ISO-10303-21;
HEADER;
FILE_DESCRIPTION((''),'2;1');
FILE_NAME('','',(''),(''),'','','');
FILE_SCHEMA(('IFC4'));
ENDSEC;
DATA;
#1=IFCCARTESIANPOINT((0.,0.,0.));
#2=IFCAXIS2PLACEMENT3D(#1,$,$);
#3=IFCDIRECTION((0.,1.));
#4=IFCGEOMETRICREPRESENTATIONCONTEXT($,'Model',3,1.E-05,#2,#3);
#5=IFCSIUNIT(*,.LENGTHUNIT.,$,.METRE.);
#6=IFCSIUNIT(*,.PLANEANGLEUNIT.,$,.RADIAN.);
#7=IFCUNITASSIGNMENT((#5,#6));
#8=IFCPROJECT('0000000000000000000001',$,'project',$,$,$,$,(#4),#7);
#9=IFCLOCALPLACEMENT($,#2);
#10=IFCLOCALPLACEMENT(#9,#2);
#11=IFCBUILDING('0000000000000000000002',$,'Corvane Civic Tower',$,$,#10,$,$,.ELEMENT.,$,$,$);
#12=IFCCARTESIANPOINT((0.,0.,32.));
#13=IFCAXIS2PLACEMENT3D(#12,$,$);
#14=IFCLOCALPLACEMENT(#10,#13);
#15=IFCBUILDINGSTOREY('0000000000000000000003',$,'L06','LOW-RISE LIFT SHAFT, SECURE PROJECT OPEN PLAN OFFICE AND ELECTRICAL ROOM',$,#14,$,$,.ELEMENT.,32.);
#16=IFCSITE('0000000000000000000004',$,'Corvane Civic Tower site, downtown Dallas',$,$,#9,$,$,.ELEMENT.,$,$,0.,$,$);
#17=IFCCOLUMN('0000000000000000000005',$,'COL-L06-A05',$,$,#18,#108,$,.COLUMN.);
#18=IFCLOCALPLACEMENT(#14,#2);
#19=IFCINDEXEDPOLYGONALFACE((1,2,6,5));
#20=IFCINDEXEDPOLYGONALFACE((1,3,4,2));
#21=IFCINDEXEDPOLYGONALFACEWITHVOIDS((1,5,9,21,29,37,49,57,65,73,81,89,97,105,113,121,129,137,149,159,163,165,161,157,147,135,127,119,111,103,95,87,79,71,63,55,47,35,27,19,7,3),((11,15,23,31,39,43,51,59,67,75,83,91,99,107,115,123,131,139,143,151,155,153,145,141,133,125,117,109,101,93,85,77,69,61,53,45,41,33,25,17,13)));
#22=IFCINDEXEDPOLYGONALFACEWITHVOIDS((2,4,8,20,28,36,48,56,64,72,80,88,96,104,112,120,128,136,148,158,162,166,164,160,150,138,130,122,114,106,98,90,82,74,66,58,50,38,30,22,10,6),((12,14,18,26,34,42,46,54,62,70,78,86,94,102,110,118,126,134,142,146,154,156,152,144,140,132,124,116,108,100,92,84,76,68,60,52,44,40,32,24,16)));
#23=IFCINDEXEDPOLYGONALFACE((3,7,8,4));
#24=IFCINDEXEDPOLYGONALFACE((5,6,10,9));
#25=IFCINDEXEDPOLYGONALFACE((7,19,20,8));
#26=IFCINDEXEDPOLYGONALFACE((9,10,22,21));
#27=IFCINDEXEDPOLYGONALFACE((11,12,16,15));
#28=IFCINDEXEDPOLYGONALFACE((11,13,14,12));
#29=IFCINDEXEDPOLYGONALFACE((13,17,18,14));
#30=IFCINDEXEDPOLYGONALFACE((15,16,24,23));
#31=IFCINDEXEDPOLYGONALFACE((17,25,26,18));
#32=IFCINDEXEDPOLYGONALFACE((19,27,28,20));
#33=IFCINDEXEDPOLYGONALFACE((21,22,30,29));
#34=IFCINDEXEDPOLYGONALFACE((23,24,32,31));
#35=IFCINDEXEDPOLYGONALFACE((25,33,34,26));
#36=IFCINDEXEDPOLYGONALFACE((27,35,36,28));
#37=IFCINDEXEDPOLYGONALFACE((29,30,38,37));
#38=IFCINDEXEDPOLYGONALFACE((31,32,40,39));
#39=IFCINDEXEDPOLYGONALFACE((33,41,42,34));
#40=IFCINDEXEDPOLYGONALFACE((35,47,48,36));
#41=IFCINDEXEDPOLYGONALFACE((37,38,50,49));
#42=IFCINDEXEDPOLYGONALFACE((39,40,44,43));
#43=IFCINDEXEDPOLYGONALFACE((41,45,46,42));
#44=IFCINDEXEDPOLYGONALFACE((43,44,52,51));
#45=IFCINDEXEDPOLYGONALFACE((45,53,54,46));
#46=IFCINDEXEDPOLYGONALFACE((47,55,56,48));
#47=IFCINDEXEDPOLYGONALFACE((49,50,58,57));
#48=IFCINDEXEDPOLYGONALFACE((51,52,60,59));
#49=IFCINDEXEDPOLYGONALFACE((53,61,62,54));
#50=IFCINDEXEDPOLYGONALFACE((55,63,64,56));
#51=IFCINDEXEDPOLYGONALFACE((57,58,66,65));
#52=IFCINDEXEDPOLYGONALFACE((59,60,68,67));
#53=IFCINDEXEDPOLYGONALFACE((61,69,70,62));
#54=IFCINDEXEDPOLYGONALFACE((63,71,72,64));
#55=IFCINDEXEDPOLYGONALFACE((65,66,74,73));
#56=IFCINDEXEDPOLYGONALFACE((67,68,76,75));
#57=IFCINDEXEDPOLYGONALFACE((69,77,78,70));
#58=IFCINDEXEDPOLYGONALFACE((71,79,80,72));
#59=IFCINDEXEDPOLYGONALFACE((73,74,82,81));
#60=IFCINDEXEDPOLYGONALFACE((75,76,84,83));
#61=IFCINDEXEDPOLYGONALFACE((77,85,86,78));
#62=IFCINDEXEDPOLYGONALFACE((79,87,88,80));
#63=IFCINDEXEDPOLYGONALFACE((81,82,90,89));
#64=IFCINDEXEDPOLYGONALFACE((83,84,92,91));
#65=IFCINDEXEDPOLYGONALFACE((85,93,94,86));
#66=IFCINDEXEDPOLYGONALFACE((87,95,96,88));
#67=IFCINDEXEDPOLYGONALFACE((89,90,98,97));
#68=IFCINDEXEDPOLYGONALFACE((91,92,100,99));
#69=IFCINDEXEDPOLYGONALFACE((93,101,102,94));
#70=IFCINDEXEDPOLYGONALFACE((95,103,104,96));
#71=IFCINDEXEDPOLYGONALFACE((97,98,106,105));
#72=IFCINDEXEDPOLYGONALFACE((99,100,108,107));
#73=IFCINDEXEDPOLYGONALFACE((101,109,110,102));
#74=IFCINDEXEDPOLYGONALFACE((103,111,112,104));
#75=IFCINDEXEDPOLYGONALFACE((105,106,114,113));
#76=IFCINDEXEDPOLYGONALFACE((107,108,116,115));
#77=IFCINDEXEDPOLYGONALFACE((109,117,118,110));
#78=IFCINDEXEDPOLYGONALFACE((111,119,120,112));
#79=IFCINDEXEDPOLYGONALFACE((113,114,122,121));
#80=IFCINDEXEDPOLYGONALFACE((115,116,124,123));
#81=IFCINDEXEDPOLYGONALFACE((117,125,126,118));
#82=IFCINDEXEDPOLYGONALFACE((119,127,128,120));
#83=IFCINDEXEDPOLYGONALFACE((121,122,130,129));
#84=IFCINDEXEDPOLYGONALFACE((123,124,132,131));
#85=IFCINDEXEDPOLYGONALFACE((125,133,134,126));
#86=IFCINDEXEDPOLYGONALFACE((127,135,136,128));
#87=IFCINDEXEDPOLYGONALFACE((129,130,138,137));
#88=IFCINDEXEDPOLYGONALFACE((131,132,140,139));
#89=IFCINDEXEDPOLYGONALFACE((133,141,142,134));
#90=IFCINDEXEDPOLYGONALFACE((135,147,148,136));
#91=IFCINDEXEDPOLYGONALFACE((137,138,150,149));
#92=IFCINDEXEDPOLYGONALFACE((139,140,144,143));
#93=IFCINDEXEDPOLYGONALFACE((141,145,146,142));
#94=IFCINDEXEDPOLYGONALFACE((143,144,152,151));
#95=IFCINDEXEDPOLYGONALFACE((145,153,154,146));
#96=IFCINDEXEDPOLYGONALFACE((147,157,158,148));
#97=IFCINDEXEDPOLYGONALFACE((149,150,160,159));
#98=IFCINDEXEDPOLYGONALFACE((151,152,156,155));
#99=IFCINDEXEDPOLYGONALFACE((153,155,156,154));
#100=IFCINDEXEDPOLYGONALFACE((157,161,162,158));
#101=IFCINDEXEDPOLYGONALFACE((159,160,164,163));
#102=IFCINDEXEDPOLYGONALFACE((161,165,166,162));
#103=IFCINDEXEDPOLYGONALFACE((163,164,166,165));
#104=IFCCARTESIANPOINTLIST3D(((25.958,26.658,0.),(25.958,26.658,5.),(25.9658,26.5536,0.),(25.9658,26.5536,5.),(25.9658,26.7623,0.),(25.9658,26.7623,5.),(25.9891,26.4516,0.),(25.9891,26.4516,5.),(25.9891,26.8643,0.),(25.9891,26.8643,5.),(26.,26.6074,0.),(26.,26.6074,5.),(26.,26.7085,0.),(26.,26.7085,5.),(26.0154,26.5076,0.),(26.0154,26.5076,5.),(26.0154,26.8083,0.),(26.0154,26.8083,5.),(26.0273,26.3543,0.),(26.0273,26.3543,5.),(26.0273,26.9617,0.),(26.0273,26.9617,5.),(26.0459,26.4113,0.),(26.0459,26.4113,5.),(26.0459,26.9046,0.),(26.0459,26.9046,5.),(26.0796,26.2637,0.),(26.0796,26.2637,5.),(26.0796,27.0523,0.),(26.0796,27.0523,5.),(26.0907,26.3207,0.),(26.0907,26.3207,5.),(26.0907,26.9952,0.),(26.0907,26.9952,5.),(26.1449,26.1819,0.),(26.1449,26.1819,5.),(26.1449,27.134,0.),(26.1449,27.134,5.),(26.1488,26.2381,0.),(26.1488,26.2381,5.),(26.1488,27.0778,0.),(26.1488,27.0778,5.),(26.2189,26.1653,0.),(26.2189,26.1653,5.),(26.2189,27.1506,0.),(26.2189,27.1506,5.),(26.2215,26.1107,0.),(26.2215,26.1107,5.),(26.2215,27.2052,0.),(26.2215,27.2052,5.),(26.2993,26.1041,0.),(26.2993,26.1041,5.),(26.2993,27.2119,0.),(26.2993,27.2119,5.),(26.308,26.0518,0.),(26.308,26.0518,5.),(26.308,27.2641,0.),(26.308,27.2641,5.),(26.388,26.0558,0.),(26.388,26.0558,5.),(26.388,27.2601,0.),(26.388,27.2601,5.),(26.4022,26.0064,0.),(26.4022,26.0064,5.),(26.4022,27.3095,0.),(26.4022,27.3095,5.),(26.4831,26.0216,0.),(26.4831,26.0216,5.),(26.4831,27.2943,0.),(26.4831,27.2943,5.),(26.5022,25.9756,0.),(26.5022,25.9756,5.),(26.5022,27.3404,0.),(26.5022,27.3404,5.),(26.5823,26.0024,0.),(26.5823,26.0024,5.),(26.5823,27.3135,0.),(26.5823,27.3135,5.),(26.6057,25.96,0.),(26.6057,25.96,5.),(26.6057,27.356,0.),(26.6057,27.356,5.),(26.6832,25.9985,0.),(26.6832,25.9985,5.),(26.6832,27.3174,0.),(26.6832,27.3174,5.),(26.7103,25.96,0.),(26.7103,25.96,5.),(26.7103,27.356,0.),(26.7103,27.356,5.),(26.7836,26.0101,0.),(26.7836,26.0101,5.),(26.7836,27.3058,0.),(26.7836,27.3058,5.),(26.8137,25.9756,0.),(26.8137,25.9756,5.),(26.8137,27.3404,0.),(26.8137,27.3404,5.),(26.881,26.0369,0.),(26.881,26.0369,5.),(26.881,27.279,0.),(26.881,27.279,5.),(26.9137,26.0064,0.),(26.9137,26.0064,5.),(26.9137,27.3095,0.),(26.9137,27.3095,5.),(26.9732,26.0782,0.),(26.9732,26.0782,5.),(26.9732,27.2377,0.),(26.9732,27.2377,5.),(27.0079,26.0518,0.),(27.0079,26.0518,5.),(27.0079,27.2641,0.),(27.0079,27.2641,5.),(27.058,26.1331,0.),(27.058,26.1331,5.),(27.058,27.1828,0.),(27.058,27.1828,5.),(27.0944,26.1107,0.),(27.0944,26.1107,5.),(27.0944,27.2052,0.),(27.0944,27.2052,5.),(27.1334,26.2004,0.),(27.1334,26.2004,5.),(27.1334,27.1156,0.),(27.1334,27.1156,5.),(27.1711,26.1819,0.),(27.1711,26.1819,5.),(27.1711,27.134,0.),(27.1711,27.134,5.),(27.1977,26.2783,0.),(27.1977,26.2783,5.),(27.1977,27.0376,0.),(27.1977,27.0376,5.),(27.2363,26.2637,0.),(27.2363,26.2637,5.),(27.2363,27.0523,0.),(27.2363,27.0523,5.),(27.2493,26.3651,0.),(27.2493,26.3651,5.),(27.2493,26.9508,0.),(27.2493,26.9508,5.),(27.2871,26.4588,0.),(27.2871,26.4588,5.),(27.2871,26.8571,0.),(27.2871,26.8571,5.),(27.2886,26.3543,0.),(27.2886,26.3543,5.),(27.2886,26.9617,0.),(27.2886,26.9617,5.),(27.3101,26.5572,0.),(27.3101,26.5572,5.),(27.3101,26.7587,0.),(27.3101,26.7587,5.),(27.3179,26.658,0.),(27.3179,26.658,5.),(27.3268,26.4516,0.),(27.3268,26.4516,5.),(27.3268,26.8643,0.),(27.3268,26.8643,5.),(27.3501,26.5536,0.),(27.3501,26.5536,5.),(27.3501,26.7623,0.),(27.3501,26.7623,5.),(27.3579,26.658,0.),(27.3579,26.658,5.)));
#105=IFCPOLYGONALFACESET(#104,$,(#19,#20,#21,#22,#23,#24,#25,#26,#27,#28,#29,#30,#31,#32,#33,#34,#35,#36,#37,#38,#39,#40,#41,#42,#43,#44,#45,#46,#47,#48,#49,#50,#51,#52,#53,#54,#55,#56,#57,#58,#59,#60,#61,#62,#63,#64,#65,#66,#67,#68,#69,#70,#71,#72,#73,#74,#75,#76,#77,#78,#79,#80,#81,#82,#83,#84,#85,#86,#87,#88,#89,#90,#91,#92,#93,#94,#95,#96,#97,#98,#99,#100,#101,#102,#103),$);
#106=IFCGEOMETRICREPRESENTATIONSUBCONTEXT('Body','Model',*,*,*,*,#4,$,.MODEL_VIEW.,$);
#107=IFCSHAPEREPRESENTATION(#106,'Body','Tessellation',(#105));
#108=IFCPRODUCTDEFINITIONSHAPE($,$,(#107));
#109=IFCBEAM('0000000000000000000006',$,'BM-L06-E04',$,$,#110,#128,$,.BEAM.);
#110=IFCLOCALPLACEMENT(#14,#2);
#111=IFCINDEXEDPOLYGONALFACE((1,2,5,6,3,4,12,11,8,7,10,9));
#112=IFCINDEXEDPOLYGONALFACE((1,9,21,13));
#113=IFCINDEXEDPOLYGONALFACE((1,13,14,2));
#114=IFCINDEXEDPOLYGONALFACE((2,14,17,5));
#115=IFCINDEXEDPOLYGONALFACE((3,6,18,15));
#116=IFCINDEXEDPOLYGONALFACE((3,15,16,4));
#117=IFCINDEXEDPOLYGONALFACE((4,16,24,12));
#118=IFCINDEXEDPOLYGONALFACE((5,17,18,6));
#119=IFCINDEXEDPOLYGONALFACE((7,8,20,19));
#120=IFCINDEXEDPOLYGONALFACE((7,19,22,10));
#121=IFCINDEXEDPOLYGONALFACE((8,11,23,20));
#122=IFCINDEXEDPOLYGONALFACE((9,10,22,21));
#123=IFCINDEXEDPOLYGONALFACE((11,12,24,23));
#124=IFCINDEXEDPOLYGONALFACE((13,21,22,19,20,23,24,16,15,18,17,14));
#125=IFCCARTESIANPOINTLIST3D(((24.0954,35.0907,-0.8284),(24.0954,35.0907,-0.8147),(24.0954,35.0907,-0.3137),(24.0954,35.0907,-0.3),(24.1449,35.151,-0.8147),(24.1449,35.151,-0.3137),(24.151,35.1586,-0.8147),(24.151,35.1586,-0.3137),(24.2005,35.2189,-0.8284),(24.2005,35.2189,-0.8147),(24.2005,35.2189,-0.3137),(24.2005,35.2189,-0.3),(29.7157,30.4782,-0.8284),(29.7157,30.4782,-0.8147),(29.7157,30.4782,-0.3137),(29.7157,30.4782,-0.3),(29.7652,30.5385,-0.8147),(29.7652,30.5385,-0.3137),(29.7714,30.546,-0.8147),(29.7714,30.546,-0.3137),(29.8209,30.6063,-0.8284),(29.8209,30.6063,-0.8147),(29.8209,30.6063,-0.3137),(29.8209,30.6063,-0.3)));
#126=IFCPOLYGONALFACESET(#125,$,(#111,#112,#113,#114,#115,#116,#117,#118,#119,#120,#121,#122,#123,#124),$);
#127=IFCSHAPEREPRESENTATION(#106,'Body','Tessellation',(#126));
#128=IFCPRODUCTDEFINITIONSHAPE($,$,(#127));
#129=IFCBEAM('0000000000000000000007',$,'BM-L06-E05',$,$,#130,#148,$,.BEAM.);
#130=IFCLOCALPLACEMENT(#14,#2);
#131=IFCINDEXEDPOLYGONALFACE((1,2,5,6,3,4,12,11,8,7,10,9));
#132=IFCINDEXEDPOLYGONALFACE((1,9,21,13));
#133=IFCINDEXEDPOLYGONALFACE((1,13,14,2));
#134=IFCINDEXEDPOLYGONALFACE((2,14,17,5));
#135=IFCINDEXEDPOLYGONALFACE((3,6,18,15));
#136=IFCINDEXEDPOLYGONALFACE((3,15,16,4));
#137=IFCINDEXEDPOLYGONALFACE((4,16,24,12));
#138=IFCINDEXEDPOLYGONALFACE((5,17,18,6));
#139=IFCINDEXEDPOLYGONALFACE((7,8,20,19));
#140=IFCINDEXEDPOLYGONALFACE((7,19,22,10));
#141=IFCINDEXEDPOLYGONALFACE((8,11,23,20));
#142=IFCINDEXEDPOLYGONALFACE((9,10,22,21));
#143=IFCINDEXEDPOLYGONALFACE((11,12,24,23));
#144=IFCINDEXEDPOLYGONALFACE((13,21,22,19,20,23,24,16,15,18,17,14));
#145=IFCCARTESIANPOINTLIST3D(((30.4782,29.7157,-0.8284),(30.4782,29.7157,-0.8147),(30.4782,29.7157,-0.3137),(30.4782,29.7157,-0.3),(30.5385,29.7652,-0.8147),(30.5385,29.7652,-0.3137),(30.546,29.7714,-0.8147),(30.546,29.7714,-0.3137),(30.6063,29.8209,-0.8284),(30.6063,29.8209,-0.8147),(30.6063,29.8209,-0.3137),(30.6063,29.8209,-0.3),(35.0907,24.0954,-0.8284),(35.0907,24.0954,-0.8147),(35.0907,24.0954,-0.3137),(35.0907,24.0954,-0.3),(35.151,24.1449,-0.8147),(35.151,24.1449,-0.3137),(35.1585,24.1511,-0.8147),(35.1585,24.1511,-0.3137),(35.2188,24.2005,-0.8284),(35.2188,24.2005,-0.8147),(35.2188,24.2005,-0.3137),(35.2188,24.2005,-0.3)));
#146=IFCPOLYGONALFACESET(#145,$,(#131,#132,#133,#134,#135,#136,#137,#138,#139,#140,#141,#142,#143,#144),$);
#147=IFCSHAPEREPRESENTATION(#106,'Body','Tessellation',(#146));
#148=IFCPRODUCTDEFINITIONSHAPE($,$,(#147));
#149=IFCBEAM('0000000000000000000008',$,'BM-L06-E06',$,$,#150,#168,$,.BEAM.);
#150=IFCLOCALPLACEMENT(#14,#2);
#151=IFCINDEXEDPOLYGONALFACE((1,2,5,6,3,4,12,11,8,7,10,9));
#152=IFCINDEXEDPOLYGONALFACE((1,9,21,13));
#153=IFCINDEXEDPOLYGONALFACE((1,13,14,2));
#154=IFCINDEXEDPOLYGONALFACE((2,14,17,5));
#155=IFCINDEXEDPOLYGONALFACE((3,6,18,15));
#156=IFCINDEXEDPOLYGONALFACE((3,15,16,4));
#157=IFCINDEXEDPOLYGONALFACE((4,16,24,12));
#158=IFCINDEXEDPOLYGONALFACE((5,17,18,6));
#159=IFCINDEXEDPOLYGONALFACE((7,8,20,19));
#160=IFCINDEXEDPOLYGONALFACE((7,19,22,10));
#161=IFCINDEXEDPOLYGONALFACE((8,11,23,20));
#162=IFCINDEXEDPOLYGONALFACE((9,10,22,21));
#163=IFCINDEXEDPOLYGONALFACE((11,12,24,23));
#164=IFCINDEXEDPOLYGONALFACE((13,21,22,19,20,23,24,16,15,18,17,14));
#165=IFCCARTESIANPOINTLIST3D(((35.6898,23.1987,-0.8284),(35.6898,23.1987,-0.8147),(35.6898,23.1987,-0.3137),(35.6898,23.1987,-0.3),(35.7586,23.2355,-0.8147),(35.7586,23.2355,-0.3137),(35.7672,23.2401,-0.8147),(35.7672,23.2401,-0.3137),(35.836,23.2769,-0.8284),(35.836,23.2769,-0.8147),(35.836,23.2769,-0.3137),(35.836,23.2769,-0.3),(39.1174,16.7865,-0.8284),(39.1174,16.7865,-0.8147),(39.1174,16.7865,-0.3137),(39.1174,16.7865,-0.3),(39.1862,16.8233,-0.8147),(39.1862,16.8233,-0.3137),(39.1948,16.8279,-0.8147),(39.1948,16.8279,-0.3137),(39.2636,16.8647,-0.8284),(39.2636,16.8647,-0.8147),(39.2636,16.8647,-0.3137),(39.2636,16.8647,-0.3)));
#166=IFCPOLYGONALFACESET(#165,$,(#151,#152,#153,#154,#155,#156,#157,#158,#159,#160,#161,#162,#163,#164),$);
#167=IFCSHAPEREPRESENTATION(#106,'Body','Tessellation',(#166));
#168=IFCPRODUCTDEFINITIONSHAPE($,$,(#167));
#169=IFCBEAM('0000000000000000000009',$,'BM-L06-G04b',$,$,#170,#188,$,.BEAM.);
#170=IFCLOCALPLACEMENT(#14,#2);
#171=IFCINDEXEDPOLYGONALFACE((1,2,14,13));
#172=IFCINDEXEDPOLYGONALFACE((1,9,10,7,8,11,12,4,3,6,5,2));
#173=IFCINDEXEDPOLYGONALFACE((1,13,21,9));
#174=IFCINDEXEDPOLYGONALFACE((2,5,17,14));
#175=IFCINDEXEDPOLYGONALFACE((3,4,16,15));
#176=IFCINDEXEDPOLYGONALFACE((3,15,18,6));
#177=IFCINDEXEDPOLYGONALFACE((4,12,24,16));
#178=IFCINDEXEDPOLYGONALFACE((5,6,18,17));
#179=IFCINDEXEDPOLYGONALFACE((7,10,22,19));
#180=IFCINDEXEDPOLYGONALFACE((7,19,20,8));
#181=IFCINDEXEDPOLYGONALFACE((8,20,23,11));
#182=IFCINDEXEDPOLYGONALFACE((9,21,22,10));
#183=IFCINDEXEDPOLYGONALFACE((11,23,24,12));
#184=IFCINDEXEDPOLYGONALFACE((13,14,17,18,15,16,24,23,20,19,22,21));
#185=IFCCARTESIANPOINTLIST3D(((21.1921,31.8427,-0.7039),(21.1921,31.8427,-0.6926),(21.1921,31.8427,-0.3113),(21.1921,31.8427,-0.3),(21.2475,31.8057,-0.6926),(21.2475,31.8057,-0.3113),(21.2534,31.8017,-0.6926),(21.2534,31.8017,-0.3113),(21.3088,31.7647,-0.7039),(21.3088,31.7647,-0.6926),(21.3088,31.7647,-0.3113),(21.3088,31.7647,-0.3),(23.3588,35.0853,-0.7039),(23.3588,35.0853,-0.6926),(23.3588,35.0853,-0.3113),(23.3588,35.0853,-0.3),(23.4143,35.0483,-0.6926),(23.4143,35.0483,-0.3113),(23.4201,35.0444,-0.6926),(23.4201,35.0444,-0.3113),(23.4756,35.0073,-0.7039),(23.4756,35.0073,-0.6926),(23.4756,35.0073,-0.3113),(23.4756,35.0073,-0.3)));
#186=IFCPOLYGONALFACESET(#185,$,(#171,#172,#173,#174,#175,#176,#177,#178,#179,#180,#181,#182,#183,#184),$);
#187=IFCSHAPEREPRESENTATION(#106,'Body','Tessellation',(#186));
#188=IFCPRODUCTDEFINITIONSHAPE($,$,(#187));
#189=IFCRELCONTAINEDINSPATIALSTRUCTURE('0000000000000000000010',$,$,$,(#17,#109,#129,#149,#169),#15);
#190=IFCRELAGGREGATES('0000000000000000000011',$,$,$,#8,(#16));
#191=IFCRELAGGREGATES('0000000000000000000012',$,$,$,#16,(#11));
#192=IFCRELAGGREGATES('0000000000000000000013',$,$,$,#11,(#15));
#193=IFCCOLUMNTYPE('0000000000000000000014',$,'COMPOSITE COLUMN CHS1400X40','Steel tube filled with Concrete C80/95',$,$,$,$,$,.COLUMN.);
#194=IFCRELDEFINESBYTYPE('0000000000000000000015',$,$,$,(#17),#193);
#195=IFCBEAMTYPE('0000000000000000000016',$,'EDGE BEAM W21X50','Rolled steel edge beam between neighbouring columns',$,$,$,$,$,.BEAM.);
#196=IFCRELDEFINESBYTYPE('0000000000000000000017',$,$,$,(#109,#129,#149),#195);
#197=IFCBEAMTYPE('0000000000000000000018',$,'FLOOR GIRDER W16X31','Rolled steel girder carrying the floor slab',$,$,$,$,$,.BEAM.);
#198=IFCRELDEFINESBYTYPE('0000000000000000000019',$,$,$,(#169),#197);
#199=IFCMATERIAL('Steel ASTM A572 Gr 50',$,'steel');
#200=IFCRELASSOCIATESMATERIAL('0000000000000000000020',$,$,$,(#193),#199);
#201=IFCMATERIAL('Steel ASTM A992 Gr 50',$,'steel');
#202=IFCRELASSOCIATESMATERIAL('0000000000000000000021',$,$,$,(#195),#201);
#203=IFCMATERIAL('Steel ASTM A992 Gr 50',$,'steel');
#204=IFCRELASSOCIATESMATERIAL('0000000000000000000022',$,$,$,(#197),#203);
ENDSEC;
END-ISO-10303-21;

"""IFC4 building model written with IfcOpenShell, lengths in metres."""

from ifc_helpers import new_model, si_unit, direction, frame, origin, origin_2d, place, context, subcontext, project, spatial, hollow_circle, i_section, extrude, material, material_profile, profile_set, type_object, element, save


model = new_model("IFC4")

# Units and contexts
model_context = context("Model", 3, precision=1e-05, world=origin(), true_north=direction((0.0, 1.0)))
body_context = subcontext(model_context, "Body", "Model", "MODEL_VIEW")
ifc_project = project(units=[si_unit("LENGTHUNIT", "METRE"), si_unit("PLANEANGLEUNIT", "RADIAN")], contexts=[model_context])

# Site, building, storey
site_placement = place(None, origin())
site = spatial("IfcSite", under=ifc_project, at=site_placement, Name="Corvane Civic Tower site, downtown Dallas", CompositionType="ELEMENT", RefElevation=0.0)
building_placement = place(site_placement, origin())
building = spatial("IfcBuilding", under=site, at=building_placement, Name="Corvane Civic Tower", CompositionType="ELEMENT")
storey_placement = place(building_placement, frame((0.0, 0.0, 32.0)))
storey = spatial("IfcBuildingStorey", under=building, at=storey_placement, Name="L06", Description="LOW-RISE LIFT SHAFT, SECURE PROJECT OPEN PLAN OFFICE AND ELECTRICAL ROOM", CompositionType="ELEMENT", Elevation=32.0)

# Column
ifc_material_1 = material(Name="Steel ASTM A572 Gr 50", Category="steel")
ifc_material_profile_1 = material_profile(ifc_material_1, hollow_circle(Radius=0.7, WallThickness=0.04, at=origin_2d()), Name="CHS1400X40")
ifc_profile_set_1 = profile_set([ifc_material_profile_1], Name="Steel ASTM A572 Gr 50")
column_type_1 = type_object("IfcColumnType", Name="COMPOSITE COLUMN CHS1400X40", Description="Steel tube filled with Concrete C80/95", PredefinedType="COLUMN", material=ifc_profile_set_1)
for number, where, z_axis, x_axis, name in (
    (1, (26.658, 26.658, 0.0), (0.0, 0.0, 1.0), (1.0, 0.0, 0.0), "COL-L06-A05"),
):
    element("IfcColumn", number, at=place(storey_placement, frame(where, z_axis=z_axis, x_axis=x_axis)), inside=storey, type_object=column_type_1, Name=name, PredefinedType="COLUMN", context=body_context, shape_type="SweptSolid", body=[
        extrude(hollow_circle(Radius=0.7, WallThickness=0.04, at=origin_2d()), origin(), (0.0, 0.0, 1.0), 5.0),
    ])

# Beams
ifc_material_2 = material(Name="Steel ASTM A992 Gr 50", Category="steel")
ifc_material_profile_2 = material_profile(ifc_material_2, i_section(OverallWidth=0.1658, OverallDepth=0.5283, WebThickness=0.0098, FlangeThickness=0.0137, at=origin_2d()), Name="W21X50")
ifc_profile_set_2 = profile_set([ifc_material_profile_2], Name="Steel ASTM A992 Gr 50")
beam_type_1 = type_object("IfcBeamType", Name="EDGE BEAM W21X50", Description="Rolled steel edge beam between neighbouring columns", PredefinedType="BEAM", material=ifc_profile_set_2)
for number, where, z_axis, x_axis, name in (
    (2, (24.1479, 35.1548, -0.5642), (0.773008, -0.634396, 0.0), (0.634396, 0.773008, 0.0), "BM-L06-E04"),
    (3, (30.5422, 29.7683, -0.5642), (0.634396, -0.773008, 0.0), (0.773008, 0.634396, 0.0), "BM-L06-E05"),
    (4, (35.7629, 23.2378, -0.5642), (0.471412, -0.881913, 0.0), (0.881913, 0.471412, 0.0), "BM-L06-E06"),
):
    element("IfcBeam", number, at=place(storey_placement, frame(where, z_axis=z_axis, x_axis=x_axis)), inside=storey, type_object=beam_type_1, Name=name, PredefinedType="BEAM", context=body_context, shape_type="SweptSolid", body=[
        extrude(i_section(OverallWidth=0.1658, OverallDepth=0.5283, WebThickness=0.0098, FlangeThickness=0.0137, at=origin_2d()), origin(), (0.0, 0.0, 1.0), 7.2708),
    ])
ifc_material_3 = material(Name="Steel ASTM A992 Gr 50", Category="steel")
ifc_material_profile_3 = material_profile(ifc_material_3, i_section(OverallWidth=0.1404, OverallDepth=0.4038, WebThickness=0.0071, FlangeThickness=0.0112, at=origin_2d()), Name="W16X31")
ifc_profile_set_3 = profile_set([ifc_material_profile_3], Name="Steel ASTM A992 Gr 50")
beam_type_2 = type_object("IfcBeamType", Name="FLOOR GIRDER W16X31", Description="Rolled steel girder carrying the floor slab", PredefinedType="BEAM", material=ifc_profile_set_3)
for number, where, z_axis, x_axis, name in (
    (5, (21.2505, 31.8037, -0.502), (0.555581, 0.831462, 0.0), (-0.831462, 0.555581, 0.0), "BM-L06-G04b"),
):
    element("IfcBeam", number, at=place(storey_placement, frame(where, z_axis=z_axis, x_axis=x_axis)), inside=storey, type_object=beam_type_2, Name=name, PredefinedType="BEAM", context=body_context, shape_type="SweptSolid", body=[
        extrude(i_section(OverallWidth=0.1404, OverallDepth=0.4038, WebThickness=0.0071, FlangeThickness=0.0112, at=origin_2d()), origin(), (0.0, 0.0, 1.0), 3.8999),
    ])

save(model, "model.ifc")
